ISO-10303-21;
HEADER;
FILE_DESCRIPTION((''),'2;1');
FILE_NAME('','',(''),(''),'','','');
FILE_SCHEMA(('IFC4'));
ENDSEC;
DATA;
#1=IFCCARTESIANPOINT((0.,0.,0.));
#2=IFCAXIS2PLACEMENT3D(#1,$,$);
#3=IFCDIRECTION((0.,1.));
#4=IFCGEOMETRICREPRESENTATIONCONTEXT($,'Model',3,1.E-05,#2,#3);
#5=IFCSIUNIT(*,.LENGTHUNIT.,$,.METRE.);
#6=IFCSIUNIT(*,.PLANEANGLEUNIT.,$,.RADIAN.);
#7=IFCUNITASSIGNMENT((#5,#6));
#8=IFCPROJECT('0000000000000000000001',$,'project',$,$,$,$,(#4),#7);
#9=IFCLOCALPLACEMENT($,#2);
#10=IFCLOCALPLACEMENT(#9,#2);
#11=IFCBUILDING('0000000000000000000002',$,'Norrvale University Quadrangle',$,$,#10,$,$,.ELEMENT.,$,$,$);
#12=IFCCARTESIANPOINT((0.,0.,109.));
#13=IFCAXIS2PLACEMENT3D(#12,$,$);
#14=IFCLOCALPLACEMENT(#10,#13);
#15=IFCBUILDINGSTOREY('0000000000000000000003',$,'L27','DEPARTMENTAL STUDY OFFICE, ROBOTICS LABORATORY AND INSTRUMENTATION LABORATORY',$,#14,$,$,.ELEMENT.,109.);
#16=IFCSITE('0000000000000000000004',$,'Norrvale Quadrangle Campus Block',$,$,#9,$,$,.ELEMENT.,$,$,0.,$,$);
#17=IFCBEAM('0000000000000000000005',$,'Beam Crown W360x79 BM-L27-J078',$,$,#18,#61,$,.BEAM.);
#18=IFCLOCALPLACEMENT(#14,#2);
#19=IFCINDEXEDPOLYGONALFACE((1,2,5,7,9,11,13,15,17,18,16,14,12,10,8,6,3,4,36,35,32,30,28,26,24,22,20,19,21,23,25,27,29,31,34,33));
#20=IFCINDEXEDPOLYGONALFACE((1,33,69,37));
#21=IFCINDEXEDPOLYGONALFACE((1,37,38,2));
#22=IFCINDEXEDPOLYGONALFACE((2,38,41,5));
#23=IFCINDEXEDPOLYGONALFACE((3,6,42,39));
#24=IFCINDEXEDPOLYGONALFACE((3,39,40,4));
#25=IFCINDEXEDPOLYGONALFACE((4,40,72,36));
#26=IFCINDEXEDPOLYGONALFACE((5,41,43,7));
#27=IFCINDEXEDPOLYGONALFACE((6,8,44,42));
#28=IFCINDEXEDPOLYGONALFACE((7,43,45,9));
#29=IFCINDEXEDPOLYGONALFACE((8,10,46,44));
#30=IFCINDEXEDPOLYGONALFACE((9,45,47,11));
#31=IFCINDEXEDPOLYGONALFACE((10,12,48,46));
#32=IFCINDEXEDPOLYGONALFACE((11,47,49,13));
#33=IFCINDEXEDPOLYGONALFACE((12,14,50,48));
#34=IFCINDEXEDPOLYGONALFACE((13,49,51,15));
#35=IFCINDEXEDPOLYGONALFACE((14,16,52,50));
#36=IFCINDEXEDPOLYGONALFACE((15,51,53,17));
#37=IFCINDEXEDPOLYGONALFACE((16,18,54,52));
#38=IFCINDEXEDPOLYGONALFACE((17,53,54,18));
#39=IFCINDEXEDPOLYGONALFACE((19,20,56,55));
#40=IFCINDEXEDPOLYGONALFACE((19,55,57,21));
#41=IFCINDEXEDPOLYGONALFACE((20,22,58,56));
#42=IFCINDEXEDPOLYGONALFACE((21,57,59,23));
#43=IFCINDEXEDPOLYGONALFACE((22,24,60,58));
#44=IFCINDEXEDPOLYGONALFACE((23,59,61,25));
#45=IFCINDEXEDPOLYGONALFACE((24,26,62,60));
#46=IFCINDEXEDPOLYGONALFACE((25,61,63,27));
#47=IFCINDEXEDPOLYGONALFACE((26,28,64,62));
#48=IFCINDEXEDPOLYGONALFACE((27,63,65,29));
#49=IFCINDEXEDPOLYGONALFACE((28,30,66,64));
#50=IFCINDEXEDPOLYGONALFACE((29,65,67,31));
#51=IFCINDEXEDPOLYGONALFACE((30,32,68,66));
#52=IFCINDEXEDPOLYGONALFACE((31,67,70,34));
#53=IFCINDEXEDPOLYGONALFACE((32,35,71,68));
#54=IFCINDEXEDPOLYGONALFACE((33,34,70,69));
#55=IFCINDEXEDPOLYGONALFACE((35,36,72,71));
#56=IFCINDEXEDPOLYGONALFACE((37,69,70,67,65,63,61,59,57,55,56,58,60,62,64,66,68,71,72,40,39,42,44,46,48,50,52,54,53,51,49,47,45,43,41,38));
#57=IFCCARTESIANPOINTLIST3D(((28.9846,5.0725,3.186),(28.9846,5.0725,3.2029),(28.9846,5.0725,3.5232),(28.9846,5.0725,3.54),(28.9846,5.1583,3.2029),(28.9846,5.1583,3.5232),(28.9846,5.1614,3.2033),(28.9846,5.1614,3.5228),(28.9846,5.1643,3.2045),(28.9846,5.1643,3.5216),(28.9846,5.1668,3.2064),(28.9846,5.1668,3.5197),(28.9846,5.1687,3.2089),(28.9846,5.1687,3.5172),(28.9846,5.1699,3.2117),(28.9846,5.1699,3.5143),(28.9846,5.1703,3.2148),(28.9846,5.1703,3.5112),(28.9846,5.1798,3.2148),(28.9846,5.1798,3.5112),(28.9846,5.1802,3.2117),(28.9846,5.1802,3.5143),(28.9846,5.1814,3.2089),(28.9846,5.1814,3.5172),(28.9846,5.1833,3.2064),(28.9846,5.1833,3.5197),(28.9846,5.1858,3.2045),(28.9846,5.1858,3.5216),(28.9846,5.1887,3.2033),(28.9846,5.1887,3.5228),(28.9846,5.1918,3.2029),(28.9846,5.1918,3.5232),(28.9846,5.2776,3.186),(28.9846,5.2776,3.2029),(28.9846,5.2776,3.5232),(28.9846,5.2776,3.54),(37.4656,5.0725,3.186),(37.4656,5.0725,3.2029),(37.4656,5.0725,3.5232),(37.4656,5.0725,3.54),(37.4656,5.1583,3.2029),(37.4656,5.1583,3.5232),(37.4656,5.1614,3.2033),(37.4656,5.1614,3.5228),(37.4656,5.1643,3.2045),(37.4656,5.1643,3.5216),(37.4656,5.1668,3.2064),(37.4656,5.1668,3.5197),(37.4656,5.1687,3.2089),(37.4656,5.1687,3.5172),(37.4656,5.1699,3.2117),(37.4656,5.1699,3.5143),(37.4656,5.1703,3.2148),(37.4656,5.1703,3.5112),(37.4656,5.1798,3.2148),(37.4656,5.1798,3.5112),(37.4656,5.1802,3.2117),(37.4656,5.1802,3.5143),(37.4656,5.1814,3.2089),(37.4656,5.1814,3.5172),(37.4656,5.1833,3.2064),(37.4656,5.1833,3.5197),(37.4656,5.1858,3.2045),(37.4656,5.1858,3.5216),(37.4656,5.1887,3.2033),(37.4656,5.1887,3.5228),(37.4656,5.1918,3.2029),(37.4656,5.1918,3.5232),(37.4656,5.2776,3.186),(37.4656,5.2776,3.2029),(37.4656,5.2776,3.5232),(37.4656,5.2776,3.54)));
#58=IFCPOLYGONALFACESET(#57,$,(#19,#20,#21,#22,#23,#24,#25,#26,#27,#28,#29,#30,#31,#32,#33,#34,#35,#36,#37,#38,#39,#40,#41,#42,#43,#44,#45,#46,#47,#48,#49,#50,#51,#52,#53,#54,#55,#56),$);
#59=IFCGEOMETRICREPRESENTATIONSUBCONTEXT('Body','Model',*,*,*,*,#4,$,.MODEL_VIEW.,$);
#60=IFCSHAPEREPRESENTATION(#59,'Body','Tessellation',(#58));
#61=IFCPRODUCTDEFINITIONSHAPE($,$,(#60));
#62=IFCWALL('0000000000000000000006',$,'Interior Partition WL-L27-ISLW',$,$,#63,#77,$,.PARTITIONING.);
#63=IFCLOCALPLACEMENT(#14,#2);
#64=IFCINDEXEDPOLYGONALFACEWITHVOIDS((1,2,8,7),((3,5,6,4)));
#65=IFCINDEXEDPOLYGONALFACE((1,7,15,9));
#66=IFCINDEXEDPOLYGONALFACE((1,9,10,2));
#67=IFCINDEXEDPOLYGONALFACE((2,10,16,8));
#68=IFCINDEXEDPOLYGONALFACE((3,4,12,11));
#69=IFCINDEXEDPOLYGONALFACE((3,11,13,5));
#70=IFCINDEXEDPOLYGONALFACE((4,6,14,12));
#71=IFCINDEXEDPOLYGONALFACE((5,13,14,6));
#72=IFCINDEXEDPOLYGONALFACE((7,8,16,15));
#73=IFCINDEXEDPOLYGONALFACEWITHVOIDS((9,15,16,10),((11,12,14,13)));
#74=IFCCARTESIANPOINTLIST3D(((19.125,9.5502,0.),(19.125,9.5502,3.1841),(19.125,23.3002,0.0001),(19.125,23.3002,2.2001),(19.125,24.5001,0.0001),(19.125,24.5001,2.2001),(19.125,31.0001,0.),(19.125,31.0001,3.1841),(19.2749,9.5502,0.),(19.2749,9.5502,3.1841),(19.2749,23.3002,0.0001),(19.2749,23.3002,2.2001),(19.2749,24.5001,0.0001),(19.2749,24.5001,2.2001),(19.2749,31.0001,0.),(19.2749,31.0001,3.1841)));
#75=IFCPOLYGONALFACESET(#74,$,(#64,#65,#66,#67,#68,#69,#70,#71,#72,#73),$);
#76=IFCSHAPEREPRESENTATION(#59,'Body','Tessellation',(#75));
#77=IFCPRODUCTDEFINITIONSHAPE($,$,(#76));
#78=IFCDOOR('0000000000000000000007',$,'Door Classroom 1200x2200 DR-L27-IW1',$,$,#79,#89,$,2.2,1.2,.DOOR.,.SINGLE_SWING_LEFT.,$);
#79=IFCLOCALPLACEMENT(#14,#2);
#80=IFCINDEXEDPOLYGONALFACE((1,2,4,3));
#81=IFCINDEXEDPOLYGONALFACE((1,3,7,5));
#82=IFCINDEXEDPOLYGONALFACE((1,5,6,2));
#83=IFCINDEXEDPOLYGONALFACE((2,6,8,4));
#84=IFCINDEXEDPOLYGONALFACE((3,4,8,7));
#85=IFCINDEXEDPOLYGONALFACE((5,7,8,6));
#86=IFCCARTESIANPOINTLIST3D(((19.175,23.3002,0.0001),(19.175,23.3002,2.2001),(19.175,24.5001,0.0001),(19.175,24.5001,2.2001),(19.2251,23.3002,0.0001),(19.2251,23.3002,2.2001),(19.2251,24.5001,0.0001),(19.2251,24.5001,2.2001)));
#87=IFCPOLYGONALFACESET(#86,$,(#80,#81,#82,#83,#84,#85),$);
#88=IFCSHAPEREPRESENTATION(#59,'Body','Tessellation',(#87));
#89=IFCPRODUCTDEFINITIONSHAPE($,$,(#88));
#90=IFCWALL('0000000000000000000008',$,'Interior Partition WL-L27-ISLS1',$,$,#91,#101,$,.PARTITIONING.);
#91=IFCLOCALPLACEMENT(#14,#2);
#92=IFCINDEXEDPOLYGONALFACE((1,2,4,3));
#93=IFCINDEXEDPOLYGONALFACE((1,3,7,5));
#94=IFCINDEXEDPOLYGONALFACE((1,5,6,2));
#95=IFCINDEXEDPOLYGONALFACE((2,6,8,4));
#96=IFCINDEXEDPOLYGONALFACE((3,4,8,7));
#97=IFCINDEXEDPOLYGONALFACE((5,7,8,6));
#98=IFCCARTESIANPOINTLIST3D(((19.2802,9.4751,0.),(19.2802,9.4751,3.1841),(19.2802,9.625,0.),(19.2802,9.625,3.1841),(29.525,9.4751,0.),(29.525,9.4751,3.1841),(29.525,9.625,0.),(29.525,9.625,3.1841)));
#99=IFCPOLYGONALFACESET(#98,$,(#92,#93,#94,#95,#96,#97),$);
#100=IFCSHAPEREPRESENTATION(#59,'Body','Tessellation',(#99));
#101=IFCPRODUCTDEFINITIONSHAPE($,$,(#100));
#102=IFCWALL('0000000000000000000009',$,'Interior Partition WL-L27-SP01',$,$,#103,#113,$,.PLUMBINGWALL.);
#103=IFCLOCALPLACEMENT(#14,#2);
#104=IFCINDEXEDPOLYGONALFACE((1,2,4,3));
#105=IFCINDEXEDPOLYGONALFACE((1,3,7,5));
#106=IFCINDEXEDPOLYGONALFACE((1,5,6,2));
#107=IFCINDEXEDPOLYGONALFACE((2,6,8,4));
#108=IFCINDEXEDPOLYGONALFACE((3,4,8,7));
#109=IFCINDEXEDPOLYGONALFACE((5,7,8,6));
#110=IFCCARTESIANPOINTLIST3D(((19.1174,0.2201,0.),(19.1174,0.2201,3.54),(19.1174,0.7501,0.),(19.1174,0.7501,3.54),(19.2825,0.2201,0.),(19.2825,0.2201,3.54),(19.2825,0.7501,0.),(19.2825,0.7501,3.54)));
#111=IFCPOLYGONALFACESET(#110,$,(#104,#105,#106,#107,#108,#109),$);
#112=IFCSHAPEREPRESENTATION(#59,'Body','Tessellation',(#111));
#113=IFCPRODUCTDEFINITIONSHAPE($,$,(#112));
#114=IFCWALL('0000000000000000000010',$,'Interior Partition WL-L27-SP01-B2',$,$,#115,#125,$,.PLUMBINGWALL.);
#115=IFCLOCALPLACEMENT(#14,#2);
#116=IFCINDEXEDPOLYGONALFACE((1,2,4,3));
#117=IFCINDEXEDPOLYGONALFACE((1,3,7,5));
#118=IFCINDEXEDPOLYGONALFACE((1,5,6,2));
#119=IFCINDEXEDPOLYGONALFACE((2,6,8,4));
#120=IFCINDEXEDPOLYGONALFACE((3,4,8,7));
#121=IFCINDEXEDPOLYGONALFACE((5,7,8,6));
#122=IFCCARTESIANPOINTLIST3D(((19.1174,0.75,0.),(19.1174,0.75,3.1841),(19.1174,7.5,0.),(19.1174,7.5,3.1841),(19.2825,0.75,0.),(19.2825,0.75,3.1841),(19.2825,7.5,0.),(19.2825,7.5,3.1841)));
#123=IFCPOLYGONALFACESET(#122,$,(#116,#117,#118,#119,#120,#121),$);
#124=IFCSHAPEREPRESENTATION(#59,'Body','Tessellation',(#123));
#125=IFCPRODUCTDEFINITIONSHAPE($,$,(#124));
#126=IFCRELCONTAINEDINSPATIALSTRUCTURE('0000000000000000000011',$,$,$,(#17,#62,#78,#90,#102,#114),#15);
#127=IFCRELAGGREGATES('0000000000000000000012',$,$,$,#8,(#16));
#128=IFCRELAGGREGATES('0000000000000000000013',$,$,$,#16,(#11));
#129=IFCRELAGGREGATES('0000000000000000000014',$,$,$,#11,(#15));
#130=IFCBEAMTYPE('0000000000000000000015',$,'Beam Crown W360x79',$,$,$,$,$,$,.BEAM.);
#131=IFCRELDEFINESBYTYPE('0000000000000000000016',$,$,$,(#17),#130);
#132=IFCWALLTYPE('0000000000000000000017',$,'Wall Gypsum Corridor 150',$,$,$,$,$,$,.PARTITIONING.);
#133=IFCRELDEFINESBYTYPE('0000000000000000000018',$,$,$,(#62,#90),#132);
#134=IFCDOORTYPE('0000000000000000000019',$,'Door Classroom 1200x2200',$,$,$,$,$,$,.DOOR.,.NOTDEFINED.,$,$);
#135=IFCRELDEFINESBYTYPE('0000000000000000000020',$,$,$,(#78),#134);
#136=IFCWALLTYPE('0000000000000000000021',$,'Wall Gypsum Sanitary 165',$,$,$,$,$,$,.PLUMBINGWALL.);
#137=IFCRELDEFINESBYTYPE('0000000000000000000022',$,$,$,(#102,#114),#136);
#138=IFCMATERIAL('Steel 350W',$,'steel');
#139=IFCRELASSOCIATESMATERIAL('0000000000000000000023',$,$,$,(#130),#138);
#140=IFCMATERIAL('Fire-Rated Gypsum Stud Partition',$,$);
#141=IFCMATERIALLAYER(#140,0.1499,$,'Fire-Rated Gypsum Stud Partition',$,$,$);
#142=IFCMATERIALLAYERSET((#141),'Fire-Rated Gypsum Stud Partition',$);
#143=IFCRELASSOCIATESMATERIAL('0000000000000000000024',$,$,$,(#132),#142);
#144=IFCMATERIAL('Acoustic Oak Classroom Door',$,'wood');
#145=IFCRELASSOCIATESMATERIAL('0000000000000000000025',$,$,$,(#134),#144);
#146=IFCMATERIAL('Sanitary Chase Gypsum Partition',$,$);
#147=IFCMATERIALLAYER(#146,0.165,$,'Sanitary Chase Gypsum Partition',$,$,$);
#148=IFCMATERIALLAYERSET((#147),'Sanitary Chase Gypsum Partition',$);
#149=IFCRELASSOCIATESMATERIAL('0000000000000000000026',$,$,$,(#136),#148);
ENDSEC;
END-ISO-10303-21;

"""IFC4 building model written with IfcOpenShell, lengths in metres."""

from ifc_helpers import new_model, si_unit, direction, frame, frame_2d, origin, origin_2d, place, context, subcontext, project, spatial, rectangle, i_section, extrude, material, layer, layer_set, material_profile, profile_set, type_object, element, fill, save


model = new_model("IFC4")

# Units and contexts
model_context = context("Model", 3, precision=1e-05, world=origin(), true_north=direction((0.0, 1.0)))
body_context = subcontext(model_context, "Body", "Model", "MODEL_VIEW")
ifc_project = project(units=[si_unit("LENGTHUNIT", "METRE"), si_unit("PLANEANGLEUNIT", "RADIAN")], contexts=[model_context])

# Site, building, storey
site_placement = place(None, origin())
site = spatial("IfcSite", under=ifc_project, at=site_placement, Name="Norrvale Quadrangle Campus Block", CompositionType="ELEMENT", RefElevation=0.0)
building_placement = place(site_placement, origin())
building = spatial("IfcBuilding", under=site, at=building_placement, Name="Norrvale University Quadrangle", CompositionType="ELEMENT")
storey_placement = place(building_placement, frame((0.0, 0.0, 109.0)))
storey = spatial("IfcBuildingStorey", under=building, at=storey_placement, Name="L27", Description="DEPARTMENTAL STUDY OFFICE, ROBOTICS LABORATORY AND INSTRUMENTATION LABORATORY", CompositionType="ELEMENT", Elevation=109.0)

# Beam
ifc_material_1 = material(Name="Steel 350W", Category="steel")
ifc_material_profile_1 = material_profile(ifc_material_1, i_section(OverallWidth=0.2051, OverallDepth=0.354, WebThickness=0.0095, FlangeThickness=0.0168, FilletRadius=0.012, at=origin_2d()), Name="Steel 350W")
ifc_profile_set_1 = profile_set([ifc_material_profile_1], Name="Steel 350W")
beam_type_1 = type_object("IfcBeamType", Name="Beam Crown W360x79", PredefinedType="BEAM", material=ifc_profile_set_1)
beam_1_placement = place(storey_placement, frame((28.9846, 5.175, 3.363), z_axis=(1.0, 0.0, 0.0), x_axis=(0.0, 1.0, 0.0)))
element("IfcBeam", 1, at=beam_1_placement, inside=storey, type_object=beam_type_1, Name="Beam Crown W360x79 BM-L27-J078", PredefinedType="BEAM", context=body_context, shape_type="SweptSolid", body=[
    extrude(i_section(OverallWidth=0.2051, OverallDepth=0.354, WebThickness=0.0095, FlangeThickness=0.0168, FilletRadius=0.012, at=origin_2d()), origin(), (0.0, 0.0, 1.0), 8.481),
])

# Wall, opening, door
ifc_material_2 = material(Name="Fire-Rated Gypsum Stud Partition")
ifc_layer_1 = layer(ifc_material_2, 0.1499, Name="Fire-Rated Gypsum Stud Partition")
ifc_layer_set_1 = layer_set([ifc_layer_1], Name="Fire-Rated Gypsum Stud Partition")
wall_type_1 = type_object("IfcWallType", Name="Wall Gypsum Corridor 150", PredefinedType="PARTITIONING", material=ifc_layer_set_1)
wall_1_placement = place(storey_placement, frame((19.2, 9.55, 0.0), z_axis=(0.0, 0.0, 1.0), x_axis=(0.0, 1.0, 0.0)))
wall_1 = element("IfcWall", 2, at=wall_1_placement, inside=storey, type_object=wall_type_1, Name="Interior Partition WL-L27-ISLW", PredefinedType="PARTITIONING", context=body_context, shape_type="SweptSolid", body=[
    extrude(rectangle(XDim=21.45, YDim=0.1499, at=frame_2d((10.7251, 0.0))), origin(), (0.0, 0.0, 1.0), 3.1841),
])
opening_placement = place(wall_1_placement, frame((13.75, 0.0, 0.0)))
opening = element("IfcOpeningElement", 3, at=opening_placement, cuts=wall_1, PredefinedType="OPENING", context=body_context, shape_type="SweptSolid", body=[
    extrude(rectangle(XDim=1.2, YDim=2.2, at=frame_2d((0.6001, 1.1001))), frame((0.0, 0.0869, 0.0), z_axis=(0.0, -1.0, 0.0), x_axis=(1.0, 0.0, 0.0)), (0.0, 0.0, 1.0), 0.1738),
])
ifc_material_3 = material(Name="Acoustic Oak Classroom Door", Category="wood")
door_type = type_object("IfcDoorType", Name="Door Classroom 1200x2200", OperationType="NOTDEFINED", PredefinedType="DOOR", material=ifc_material_3)
door_placement = place(opening_placement, origin())
door = element("IfcDoor", 4, at=door_placement, inside=storey, type_object=door_type, Name="Door Classroom 1200x2200 DR-L27-IW1", OperationType="SINGLE_SWING_LEFT", OverallHeight=2.2, OverallWidth=1.2, PredefinedType="DOOR", context=body_context, shape_type="SweptSolid", body=[
    extrude(rectangle(XDim=1.2, YDim=2.2, at=frame_2d((0.6001, 1.1001))), frame((0.0, 0.0249, 0.0), z_axis=(0.0, -1.0, 0.0), x_axis=(1.0, 0.0, 0.0)), (0.0, 0.0, 1.0), 0.05),
])
fill(opening, door)

# Walls
wall_2_placement = place(storey_placement, frame((19.28, 9.55, 0.0), z_axis=(0.0, 0.0, 1.0), x_axis=(1.0, 0.0, 0.0)))
element("IfcWall", 5, at=wall_2_placement, inside=storey, type_object=wall_type_1, Name="Interior Partition WL-L27-ISLS1", PredefinedType="PARTITIONING", context=body_context, shape_type="SweptSolid", body=[
    extrude(rectangle(XDim=10.2449, YDim=0.1499, at=frame_2d((5.1226, 0.0))), origin(), (0.0, 0.0, 1.0), 3.1841),
])
ifc_material_4 = material(Name="Sanitary Chase Gypsum Partition")
ifc_layer_2 = layer(ifc_material_4, 0.165, Name="Sanitary Chase Gypsum Partition")
ifc_layer_set_2 = layer_set([ifc_layer_2], Name="Sanitary Chase Gypsum Partition")
wall_type_2 = type_object("IfcWallType", Name="Wall Gypsum Sanitary 165", PredefinedType="PLUMBINGWALL", material=ifc_layer_set_2)
wall_3_placement = place(storey_placement, frame((19.2, 0.22, 0.0), z_axis=(0.0, 0.0, 1.0), x_axis=(0.0, 1.0, 0.0)))
element("IfcWall", 6, at=wall_3_placement, inside=storey, type_object=wall_type_2, Name="Interior Partition WL-L27-SP01", PredefinedType="PLUMBINGWALL", context=body_context, shape_type="SweptSolid", body=[
    extrude(rectangle(XDim=0.53, YDim=0.165, at=frame_2d((0.2651, 0.0))), origin(), (0.0, 0.0, 1.0), 3.54),
])
wall_4_placement = place(storey_placement, frame((19.2, 0.75, 0.0), z_axis=(0.0, 0.0, 1.0), x_axis=(0.0, 1.0, 0.0)))
element("IfcWall", 7, at=wall_4_placement, inside=storey, type_object=wall_type_2, Name="Interior Partition WL-L27-SP01-B2", PredefinedType="PLUMBINGWALL", context=body_context, shape_type="SweptSolid", body=[
    extrude(rectangle(XDim=6.75, YDim=0.165, at=frame_2d((3.375, 0.0))), origin(), (0.0, 0.0, 1.0), 3.1841),
])

save(model, "model.ifc")
